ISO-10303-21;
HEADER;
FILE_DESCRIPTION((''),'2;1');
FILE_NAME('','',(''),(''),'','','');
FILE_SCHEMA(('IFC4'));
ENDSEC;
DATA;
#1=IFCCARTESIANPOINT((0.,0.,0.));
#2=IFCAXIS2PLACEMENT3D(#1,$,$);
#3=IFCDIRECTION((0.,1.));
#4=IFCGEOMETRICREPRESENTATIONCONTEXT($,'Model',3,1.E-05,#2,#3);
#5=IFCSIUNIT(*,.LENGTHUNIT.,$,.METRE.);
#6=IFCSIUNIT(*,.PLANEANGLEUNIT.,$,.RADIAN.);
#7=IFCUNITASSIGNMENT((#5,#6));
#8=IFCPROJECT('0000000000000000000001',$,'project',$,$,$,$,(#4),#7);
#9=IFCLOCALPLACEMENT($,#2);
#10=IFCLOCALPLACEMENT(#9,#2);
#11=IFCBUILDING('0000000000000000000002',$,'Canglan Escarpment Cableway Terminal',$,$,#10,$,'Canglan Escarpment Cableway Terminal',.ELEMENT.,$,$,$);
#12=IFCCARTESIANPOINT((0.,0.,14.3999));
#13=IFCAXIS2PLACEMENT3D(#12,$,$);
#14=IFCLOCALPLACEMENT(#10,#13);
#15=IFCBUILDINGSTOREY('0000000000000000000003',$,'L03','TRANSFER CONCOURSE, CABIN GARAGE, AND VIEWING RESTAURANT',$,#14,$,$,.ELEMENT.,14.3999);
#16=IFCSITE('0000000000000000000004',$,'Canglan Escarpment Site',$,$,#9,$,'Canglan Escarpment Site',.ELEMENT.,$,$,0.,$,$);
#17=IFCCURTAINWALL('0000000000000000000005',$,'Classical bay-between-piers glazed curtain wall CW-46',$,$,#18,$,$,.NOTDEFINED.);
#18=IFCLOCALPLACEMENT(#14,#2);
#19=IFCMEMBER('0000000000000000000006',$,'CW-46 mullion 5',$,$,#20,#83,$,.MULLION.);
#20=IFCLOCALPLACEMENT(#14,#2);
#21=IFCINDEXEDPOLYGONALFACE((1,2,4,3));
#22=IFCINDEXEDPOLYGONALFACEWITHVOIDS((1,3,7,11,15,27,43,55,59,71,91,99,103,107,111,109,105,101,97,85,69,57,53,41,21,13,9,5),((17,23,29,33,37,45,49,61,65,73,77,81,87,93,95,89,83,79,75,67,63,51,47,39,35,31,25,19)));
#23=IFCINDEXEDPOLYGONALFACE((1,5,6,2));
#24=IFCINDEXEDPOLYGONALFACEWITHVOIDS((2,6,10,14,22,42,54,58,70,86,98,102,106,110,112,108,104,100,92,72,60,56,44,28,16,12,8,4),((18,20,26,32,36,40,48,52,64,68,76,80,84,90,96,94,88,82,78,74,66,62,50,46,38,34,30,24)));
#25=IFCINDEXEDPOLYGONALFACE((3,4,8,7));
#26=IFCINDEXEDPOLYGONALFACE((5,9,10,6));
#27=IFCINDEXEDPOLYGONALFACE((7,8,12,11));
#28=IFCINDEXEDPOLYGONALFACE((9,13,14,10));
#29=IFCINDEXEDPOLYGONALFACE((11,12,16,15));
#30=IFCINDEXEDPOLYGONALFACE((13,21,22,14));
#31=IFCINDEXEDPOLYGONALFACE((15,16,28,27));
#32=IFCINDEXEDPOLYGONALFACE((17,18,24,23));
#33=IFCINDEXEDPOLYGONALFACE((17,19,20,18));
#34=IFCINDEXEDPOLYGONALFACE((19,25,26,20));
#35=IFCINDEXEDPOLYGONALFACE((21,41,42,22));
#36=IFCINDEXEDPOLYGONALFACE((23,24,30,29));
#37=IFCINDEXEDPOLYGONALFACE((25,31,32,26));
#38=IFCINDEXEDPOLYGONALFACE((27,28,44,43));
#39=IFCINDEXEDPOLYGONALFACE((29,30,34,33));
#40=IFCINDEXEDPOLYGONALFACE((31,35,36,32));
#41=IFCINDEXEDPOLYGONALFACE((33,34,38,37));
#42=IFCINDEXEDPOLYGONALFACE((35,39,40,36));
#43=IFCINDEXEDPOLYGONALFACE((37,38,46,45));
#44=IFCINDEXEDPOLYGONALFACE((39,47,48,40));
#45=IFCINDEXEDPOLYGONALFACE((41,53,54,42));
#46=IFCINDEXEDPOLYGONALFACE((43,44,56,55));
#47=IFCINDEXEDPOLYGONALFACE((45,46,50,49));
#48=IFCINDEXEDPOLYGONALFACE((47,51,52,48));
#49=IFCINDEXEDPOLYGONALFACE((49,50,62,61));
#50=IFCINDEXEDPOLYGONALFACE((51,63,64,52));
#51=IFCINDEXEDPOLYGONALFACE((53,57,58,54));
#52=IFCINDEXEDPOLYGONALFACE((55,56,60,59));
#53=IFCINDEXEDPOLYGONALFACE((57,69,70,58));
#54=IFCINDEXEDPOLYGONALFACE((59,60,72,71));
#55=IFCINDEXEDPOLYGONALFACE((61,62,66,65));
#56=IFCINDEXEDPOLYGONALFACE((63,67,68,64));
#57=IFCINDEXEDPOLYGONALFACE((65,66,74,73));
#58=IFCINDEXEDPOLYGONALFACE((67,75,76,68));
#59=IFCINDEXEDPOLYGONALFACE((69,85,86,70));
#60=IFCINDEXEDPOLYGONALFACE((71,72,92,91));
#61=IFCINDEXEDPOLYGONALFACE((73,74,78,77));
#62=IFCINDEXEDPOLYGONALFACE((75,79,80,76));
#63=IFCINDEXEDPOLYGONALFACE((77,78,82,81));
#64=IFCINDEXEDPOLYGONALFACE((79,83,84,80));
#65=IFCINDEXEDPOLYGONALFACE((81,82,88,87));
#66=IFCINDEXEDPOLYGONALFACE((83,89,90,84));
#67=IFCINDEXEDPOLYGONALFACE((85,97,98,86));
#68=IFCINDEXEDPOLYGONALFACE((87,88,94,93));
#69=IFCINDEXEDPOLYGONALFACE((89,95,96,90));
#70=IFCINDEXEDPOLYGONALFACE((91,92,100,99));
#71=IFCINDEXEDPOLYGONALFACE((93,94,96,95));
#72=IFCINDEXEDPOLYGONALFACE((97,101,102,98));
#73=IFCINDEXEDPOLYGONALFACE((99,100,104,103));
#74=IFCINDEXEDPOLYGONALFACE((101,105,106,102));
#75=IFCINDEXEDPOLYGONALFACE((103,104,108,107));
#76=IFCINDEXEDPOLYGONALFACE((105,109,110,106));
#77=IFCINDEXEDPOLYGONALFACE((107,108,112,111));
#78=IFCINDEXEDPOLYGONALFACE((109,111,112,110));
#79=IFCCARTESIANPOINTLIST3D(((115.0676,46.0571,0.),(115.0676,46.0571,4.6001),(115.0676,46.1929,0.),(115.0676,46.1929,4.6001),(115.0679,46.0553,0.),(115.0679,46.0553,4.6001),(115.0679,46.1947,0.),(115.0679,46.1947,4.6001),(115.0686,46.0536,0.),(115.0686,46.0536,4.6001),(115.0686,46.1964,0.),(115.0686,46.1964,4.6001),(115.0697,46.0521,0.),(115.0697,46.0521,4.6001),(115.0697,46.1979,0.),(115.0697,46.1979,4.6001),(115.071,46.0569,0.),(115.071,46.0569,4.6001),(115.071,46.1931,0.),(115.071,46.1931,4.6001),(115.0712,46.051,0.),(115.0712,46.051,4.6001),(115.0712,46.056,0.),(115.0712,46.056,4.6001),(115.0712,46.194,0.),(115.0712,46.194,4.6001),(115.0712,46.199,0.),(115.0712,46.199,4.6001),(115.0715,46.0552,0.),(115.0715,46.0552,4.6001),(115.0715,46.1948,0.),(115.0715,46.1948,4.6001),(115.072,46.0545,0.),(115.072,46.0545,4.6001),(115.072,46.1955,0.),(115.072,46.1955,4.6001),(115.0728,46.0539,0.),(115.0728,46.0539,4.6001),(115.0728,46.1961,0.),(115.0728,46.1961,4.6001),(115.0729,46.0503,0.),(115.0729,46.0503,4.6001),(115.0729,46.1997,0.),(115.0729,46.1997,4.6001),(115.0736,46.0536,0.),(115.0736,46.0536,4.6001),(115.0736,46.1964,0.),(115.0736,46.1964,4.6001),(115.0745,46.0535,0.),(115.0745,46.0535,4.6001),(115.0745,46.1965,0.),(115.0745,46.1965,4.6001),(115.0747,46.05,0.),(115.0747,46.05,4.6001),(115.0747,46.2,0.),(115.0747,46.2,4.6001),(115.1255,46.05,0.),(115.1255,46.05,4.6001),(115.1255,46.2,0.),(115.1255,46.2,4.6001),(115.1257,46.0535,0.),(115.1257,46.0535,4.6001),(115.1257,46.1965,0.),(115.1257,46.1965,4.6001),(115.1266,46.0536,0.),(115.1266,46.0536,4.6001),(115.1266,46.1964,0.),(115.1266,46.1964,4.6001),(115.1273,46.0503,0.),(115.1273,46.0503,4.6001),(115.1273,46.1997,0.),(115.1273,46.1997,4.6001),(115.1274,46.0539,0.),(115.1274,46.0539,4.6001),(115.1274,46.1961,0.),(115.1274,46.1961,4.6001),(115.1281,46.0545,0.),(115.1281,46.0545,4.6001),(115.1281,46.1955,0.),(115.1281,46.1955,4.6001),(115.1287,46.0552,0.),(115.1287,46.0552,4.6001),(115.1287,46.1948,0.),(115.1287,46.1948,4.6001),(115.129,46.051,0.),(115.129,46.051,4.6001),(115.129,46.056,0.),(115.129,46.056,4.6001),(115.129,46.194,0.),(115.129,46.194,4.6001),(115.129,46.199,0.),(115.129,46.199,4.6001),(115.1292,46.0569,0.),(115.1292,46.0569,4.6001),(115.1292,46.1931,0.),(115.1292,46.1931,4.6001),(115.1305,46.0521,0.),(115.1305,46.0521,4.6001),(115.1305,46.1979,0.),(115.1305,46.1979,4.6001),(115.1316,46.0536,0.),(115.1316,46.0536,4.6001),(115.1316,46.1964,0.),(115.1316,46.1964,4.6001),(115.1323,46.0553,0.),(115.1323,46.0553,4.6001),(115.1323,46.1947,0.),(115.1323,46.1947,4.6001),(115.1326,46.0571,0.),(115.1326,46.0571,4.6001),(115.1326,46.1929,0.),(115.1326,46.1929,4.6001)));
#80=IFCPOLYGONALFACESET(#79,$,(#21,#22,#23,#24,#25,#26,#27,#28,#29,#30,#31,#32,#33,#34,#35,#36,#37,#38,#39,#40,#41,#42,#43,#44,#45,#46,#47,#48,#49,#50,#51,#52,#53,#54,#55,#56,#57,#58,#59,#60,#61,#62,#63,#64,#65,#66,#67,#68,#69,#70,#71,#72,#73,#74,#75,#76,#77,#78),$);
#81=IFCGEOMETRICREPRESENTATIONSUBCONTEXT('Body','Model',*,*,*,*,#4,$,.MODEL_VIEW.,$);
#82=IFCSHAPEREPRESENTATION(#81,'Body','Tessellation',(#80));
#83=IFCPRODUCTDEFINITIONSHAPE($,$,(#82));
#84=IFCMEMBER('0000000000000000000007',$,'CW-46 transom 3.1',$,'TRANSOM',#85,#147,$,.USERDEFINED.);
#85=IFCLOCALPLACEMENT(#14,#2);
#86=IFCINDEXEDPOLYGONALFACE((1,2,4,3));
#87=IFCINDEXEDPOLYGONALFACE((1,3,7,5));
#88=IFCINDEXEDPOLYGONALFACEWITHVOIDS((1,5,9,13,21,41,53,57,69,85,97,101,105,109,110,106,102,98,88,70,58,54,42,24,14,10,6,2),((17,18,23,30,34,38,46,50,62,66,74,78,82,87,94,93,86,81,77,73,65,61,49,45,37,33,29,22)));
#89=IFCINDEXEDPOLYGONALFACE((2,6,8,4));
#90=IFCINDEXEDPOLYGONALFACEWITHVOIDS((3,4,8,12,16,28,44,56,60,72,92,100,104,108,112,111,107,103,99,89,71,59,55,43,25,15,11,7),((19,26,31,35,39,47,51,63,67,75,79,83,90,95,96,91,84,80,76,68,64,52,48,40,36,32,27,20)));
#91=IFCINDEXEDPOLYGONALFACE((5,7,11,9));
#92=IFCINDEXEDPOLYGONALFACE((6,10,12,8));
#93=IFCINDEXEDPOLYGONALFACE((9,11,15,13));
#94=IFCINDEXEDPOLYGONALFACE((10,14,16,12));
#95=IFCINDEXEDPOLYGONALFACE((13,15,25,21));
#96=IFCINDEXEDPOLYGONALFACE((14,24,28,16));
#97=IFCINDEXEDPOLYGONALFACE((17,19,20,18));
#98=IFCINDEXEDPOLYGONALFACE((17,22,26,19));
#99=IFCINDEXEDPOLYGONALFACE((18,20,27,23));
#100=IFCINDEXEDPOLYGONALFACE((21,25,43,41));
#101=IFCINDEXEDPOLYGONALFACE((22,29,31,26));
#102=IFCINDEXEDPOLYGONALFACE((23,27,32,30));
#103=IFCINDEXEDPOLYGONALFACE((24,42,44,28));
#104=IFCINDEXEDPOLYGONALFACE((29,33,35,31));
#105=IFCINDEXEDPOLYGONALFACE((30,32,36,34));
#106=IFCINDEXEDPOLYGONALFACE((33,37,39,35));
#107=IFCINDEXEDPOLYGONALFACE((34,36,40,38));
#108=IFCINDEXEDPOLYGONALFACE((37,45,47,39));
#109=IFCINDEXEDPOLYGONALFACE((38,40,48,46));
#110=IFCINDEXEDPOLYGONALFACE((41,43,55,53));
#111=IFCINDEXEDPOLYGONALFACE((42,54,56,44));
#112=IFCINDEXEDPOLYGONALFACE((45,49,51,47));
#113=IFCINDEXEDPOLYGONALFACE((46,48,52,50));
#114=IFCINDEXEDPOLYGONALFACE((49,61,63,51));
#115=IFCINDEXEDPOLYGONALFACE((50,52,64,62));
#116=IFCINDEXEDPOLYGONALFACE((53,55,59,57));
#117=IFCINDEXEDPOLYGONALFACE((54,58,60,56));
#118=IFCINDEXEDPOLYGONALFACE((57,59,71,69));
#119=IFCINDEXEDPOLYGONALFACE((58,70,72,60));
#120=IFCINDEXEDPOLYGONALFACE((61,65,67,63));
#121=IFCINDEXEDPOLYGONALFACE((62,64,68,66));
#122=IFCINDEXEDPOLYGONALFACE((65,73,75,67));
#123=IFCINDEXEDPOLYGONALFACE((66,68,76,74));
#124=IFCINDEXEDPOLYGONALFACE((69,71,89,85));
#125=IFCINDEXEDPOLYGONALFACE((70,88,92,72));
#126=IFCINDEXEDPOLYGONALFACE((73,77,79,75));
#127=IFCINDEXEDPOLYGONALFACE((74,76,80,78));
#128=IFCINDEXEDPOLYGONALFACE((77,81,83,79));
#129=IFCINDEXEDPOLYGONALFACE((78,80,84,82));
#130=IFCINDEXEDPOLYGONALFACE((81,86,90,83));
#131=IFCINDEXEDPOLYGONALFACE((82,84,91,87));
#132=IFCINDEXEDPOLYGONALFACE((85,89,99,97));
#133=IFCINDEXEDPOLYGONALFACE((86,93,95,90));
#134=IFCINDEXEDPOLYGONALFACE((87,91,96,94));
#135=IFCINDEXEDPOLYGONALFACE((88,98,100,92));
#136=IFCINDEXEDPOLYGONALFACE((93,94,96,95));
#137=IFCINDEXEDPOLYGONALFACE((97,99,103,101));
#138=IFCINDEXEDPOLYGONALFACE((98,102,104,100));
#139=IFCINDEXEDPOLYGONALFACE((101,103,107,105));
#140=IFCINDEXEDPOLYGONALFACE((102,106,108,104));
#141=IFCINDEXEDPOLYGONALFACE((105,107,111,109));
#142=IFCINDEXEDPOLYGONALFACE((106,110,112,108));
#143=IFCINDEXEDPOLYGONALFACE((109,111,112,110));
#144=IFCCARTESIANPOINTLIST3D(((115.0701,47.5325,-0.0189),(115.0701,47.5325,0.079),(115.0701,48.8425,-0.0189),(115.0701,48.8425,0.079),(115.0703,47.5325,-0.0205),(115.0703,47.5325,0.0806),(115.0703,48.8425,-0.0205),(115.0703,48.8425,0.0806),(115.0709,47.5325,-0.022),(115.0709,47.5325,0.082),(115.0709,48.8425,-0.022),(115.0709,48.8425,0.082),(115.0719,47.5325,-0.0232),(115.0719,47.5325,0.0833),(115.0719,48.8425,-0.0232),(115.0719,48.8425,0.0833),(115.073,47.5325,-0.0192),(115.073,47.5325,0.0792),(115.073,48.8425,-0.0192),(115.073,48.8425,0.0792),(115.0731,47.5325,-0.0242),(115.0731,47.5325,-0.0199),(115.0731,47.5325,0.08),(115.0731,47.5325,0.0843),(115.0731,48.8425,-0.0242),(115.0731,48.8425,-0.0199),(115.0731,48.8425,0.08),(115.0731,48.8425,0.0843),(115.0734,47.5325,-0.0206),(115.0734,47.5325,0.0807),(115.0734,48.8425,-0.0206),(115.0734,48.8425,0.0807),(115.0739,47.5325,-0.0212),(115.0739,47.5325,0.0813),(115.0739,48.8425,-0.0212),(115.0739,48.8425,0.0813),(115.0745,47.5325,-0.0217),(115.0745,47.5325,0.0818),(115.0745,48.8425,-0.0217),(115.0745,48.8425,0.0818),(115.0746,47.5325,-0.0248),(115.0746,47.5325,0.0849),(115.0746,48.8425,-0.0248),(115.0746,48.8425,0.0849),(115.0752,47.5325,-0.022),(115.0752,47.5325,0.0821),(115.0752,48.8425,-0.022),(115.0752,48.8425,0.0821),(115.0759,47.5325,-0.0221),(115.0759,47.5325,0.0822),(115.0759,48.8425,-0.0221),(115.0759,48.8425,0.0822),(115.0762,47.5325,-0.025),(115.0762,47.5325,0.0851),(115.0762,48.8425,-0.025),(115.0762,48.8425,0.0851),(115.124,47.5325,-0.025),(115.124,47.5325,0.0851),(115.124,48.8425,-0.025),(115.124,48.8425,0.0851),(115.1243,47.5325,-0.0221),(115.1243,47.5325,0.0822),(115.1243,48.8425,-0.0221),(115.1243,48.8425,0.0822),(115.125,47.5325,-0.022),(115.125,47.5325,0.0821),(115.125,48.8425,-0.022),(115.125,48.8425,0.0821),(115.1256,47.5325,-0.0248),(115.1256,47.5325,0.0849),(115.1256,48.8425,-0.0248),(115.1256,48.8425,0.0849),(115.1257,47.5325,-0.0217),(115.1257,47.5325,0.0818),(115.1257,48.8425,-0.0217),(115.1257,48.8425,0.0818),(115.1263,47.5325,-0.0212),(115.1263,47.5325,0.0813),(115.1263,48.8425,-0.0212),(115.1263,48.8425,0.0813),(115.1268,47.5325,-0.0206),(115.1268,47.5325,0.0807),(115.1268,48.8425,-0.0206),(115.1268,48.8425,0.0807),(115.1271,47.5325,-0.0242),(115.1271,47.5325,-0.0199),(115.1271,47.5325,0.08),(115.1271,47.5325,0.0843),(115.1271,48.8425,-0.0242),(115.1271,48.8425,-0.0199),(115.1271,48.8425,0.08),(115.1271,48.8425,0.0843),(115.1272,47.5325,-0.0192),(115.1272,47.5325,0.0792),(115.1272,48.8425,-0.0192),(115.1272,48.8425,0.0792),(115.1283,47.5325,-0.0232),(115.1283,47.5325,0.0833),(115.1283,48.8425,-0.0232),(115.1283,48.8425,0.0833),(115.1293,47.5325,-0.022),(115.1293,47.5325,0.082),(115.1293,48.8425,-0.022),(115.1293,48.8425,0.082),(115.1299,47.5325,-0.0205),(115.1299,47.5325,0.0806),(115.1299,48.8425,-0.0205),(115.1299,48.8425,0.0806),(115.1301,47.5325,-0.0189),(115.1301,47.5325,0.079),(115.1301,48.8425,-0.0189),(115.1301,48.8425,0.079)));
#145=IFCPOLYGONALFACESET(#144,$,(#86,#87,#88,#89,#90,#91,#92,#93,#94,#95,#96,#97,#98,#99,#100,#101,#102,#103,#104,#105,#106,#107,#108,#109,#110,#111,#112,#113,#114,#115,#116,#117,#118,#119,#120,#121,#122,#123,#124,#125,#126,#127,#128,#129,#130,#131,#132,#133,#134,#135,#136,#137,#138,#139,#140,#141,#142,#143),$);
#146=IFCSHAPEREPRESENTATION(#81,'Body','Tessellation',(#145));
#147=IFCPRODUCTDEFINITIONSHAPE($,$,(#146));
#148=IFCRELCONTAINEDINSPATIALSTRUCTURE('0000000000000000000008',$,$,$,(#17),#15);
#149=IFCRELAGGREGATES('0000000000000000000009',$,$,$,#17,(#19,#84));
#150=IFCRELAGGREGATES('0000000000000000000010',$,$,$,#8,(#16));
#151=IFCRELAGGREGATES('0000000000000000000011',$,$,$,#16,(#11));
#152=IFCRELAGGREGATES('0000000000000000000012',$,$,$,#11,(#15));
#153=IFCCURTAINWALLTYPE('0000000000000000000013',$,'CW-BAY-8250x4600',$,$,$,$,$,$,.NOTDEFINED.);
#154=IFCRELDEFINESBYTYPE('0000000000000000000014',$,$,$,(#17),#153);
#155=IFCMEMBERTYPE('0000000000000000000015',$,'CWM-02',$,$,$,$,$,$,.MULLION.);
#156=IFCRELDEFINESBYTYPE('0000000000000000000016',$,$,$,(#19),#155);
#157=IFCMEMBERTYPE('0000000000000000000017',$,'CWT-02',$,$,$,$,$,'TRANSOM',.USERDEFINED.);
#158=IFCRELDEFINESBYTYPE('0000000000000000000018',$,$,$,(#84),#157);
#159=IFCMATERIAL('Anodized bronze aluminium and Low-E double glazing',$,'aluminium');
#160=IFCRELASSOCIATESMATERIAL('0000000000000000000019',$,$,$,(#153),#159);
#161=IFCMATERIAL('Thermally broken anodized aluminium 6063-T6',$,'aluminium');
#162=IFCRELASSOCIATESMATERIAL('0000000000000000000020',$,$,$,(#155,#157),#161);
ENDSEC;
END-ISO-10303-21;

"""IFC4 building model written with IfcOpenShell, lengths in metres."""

from ifc_helpers import new_model, si_unit, direction, frame, origin, origin_2d, place, context, subcontext, project, spatial, hollow_rectangle, extrude, material, material_profile, profile_set, type_object, element, aggregate, save


model = new_model("IFC4")

# Units and contexts
model_context = context("Model", 3, precision=1e-05, world=origin(), true_north=direction((0.0, 1.0)))
body_context = subcontext(model_context, "Body", "Model", "MODEL_VIEW")
ifc_project = project(units=[si_unit("LENGTHUNIT", "METRE"), si_unit("PLANEANGLEUNIT", "RADIAN")], contexts=[model_context])

# Site, building, storey
site_placement = place(None, origin())
site = spatial("IfcSite", under=ifc_project, at=site_placement, Name="Canglan Escarpment Site", LongName="Canglan Escarpment Site", CompositionType="ELEMENT", RefElevation=0.0)
building_placement = place(site_placement, origin())
building = spatial("IfcBuilding", under=site, at=building_placement, Name="Canglan Escarpment Cableway Terminal", LongName="Canglan Escarpment Cableway Terminal", CompositionType="ELEMENT")
storey_placement = place(building_placement, frame((0.0, 0.0, 14.3999)))
storey = spatial("IfcBuildingStorey", under=building, at=storey_placement, Name="L03", Description="TRANSFER CONCOURSE, CABIN GARAGE, AND VIEWING RESTAURANT", CompositionType="ELEMENT", Elevation=14.3999)

# Curtain wall, members
ifc_material_1 = material(Name="Anodized bronze aluminium and Low-E double glazing", Category="aluminium")
curtain_wall_type = type_object("IfcCurtainWallType", Name="CW-BAY-8250x4600", PredefinedType="NOTDEFINED", material=ifc_material_1)
curtain_wall_placement = place(storey_placement, origin())
curtain_wall = element("IfcCurtainWall", 1, at=curtain_wall_placement, inside=storey, type_object=curtain_wall_type, Name="Classical bay-between-piers glazed curtain wall CW-46", PredefinedType="NOTDEFINED")
ifc_material_2 = material(Name="Thermally broken anodized aluminium 6063-T6", Category="aluminium")
ifc_material_profile_1 = material_profile(ifc_material_2, hollow_rectangle(XDim=0.0649, YDim=0.1499, WallThickness=0.0034, InnerFilletRadius=0.0034, OuterFilletRadius=0.0071, at=origin_2d()), Name="ALU-MULL 65x150x3.5")
ifc_profile_set_1 = profile_set([ifc_material_profile_1], Name="Thermally broken anodized aluminium 6063-T6")
member_type_1 = type_object("IfcMemberType", Name="CWM-02", PredefinedType="MULLION", material=ifc_profile_set_1)
member_1_placement = place(storey_placement, frame((115.1001, 46.125, 0.0), z_axis=(0.0, 0.0, 1.0), x_axis=(1.0, 0.0, 0.0)))
member_1 = element("IfcMember", 2, at=member_1_placement, type_object=member_type_1, Name="CW-46 mullion 5", PredefinedType="MULLION", context=body_context, shape_type="SweptSolid", body=[
    extrude(hollow_rectangle(XDim=0.0649, YDim=0.1499, WallThickness=0.0034, InnerFilletRadius=0.0034, OuterFilletRadius=0.0071, at=origin_2d()), origin(), (0.0, 0.0, 1.0), 4.6001),
])
ifc_material_profile_2 = material_profile(ifc_material_2, hollow_rectangle(XDim=0.0601, YDim=0.1101, WallThickness=0.0029, InnerFilletRadius=0.0029, OuterFilletRadius=0.0061, at=origin_2d()), Name="ALU-TRAN 60x110x3")
ifc_profile_set_2 = profile_set([ifc_material_profile_2], Name="Thermally broken anodized aluminium 6063-T6")
member_type_2 = type_object("IfcMemberType", Name="CWT-02", ElementType="TRANSOM", PredefinedType="USERDEFINED", material=ifc_profile_set_2)
member_2_placement = place(storey_placement, frame((115.1001, 48.8425, 0.03), z_axis=(0.0, -1.0, 0.0), x_axis=(1.0, 0.0, 0.0)))
member_2 = element("IfcMember", 3, at=member_2_placement, type_object=member_type_2, Name="CW-46 transom 3.1", ObjectType="TRANSOM", PredefinedType="USERDEFINED", context=body_context, shape_type="SweptSolid", body=[
    extrude(hollow_rectangle(XDim=0.0601, YDim=0.1101, WallThickness=0.0029, InnerFilletRadius=0.0029, OuterFilletRadius=0.0061, at=origin_2d()), origin(), (0.0, 0.0, 1.0), 1.3101),
])
aggregate(curtain_wall, [member_1, member_2])

save(model, "model.ifc")
